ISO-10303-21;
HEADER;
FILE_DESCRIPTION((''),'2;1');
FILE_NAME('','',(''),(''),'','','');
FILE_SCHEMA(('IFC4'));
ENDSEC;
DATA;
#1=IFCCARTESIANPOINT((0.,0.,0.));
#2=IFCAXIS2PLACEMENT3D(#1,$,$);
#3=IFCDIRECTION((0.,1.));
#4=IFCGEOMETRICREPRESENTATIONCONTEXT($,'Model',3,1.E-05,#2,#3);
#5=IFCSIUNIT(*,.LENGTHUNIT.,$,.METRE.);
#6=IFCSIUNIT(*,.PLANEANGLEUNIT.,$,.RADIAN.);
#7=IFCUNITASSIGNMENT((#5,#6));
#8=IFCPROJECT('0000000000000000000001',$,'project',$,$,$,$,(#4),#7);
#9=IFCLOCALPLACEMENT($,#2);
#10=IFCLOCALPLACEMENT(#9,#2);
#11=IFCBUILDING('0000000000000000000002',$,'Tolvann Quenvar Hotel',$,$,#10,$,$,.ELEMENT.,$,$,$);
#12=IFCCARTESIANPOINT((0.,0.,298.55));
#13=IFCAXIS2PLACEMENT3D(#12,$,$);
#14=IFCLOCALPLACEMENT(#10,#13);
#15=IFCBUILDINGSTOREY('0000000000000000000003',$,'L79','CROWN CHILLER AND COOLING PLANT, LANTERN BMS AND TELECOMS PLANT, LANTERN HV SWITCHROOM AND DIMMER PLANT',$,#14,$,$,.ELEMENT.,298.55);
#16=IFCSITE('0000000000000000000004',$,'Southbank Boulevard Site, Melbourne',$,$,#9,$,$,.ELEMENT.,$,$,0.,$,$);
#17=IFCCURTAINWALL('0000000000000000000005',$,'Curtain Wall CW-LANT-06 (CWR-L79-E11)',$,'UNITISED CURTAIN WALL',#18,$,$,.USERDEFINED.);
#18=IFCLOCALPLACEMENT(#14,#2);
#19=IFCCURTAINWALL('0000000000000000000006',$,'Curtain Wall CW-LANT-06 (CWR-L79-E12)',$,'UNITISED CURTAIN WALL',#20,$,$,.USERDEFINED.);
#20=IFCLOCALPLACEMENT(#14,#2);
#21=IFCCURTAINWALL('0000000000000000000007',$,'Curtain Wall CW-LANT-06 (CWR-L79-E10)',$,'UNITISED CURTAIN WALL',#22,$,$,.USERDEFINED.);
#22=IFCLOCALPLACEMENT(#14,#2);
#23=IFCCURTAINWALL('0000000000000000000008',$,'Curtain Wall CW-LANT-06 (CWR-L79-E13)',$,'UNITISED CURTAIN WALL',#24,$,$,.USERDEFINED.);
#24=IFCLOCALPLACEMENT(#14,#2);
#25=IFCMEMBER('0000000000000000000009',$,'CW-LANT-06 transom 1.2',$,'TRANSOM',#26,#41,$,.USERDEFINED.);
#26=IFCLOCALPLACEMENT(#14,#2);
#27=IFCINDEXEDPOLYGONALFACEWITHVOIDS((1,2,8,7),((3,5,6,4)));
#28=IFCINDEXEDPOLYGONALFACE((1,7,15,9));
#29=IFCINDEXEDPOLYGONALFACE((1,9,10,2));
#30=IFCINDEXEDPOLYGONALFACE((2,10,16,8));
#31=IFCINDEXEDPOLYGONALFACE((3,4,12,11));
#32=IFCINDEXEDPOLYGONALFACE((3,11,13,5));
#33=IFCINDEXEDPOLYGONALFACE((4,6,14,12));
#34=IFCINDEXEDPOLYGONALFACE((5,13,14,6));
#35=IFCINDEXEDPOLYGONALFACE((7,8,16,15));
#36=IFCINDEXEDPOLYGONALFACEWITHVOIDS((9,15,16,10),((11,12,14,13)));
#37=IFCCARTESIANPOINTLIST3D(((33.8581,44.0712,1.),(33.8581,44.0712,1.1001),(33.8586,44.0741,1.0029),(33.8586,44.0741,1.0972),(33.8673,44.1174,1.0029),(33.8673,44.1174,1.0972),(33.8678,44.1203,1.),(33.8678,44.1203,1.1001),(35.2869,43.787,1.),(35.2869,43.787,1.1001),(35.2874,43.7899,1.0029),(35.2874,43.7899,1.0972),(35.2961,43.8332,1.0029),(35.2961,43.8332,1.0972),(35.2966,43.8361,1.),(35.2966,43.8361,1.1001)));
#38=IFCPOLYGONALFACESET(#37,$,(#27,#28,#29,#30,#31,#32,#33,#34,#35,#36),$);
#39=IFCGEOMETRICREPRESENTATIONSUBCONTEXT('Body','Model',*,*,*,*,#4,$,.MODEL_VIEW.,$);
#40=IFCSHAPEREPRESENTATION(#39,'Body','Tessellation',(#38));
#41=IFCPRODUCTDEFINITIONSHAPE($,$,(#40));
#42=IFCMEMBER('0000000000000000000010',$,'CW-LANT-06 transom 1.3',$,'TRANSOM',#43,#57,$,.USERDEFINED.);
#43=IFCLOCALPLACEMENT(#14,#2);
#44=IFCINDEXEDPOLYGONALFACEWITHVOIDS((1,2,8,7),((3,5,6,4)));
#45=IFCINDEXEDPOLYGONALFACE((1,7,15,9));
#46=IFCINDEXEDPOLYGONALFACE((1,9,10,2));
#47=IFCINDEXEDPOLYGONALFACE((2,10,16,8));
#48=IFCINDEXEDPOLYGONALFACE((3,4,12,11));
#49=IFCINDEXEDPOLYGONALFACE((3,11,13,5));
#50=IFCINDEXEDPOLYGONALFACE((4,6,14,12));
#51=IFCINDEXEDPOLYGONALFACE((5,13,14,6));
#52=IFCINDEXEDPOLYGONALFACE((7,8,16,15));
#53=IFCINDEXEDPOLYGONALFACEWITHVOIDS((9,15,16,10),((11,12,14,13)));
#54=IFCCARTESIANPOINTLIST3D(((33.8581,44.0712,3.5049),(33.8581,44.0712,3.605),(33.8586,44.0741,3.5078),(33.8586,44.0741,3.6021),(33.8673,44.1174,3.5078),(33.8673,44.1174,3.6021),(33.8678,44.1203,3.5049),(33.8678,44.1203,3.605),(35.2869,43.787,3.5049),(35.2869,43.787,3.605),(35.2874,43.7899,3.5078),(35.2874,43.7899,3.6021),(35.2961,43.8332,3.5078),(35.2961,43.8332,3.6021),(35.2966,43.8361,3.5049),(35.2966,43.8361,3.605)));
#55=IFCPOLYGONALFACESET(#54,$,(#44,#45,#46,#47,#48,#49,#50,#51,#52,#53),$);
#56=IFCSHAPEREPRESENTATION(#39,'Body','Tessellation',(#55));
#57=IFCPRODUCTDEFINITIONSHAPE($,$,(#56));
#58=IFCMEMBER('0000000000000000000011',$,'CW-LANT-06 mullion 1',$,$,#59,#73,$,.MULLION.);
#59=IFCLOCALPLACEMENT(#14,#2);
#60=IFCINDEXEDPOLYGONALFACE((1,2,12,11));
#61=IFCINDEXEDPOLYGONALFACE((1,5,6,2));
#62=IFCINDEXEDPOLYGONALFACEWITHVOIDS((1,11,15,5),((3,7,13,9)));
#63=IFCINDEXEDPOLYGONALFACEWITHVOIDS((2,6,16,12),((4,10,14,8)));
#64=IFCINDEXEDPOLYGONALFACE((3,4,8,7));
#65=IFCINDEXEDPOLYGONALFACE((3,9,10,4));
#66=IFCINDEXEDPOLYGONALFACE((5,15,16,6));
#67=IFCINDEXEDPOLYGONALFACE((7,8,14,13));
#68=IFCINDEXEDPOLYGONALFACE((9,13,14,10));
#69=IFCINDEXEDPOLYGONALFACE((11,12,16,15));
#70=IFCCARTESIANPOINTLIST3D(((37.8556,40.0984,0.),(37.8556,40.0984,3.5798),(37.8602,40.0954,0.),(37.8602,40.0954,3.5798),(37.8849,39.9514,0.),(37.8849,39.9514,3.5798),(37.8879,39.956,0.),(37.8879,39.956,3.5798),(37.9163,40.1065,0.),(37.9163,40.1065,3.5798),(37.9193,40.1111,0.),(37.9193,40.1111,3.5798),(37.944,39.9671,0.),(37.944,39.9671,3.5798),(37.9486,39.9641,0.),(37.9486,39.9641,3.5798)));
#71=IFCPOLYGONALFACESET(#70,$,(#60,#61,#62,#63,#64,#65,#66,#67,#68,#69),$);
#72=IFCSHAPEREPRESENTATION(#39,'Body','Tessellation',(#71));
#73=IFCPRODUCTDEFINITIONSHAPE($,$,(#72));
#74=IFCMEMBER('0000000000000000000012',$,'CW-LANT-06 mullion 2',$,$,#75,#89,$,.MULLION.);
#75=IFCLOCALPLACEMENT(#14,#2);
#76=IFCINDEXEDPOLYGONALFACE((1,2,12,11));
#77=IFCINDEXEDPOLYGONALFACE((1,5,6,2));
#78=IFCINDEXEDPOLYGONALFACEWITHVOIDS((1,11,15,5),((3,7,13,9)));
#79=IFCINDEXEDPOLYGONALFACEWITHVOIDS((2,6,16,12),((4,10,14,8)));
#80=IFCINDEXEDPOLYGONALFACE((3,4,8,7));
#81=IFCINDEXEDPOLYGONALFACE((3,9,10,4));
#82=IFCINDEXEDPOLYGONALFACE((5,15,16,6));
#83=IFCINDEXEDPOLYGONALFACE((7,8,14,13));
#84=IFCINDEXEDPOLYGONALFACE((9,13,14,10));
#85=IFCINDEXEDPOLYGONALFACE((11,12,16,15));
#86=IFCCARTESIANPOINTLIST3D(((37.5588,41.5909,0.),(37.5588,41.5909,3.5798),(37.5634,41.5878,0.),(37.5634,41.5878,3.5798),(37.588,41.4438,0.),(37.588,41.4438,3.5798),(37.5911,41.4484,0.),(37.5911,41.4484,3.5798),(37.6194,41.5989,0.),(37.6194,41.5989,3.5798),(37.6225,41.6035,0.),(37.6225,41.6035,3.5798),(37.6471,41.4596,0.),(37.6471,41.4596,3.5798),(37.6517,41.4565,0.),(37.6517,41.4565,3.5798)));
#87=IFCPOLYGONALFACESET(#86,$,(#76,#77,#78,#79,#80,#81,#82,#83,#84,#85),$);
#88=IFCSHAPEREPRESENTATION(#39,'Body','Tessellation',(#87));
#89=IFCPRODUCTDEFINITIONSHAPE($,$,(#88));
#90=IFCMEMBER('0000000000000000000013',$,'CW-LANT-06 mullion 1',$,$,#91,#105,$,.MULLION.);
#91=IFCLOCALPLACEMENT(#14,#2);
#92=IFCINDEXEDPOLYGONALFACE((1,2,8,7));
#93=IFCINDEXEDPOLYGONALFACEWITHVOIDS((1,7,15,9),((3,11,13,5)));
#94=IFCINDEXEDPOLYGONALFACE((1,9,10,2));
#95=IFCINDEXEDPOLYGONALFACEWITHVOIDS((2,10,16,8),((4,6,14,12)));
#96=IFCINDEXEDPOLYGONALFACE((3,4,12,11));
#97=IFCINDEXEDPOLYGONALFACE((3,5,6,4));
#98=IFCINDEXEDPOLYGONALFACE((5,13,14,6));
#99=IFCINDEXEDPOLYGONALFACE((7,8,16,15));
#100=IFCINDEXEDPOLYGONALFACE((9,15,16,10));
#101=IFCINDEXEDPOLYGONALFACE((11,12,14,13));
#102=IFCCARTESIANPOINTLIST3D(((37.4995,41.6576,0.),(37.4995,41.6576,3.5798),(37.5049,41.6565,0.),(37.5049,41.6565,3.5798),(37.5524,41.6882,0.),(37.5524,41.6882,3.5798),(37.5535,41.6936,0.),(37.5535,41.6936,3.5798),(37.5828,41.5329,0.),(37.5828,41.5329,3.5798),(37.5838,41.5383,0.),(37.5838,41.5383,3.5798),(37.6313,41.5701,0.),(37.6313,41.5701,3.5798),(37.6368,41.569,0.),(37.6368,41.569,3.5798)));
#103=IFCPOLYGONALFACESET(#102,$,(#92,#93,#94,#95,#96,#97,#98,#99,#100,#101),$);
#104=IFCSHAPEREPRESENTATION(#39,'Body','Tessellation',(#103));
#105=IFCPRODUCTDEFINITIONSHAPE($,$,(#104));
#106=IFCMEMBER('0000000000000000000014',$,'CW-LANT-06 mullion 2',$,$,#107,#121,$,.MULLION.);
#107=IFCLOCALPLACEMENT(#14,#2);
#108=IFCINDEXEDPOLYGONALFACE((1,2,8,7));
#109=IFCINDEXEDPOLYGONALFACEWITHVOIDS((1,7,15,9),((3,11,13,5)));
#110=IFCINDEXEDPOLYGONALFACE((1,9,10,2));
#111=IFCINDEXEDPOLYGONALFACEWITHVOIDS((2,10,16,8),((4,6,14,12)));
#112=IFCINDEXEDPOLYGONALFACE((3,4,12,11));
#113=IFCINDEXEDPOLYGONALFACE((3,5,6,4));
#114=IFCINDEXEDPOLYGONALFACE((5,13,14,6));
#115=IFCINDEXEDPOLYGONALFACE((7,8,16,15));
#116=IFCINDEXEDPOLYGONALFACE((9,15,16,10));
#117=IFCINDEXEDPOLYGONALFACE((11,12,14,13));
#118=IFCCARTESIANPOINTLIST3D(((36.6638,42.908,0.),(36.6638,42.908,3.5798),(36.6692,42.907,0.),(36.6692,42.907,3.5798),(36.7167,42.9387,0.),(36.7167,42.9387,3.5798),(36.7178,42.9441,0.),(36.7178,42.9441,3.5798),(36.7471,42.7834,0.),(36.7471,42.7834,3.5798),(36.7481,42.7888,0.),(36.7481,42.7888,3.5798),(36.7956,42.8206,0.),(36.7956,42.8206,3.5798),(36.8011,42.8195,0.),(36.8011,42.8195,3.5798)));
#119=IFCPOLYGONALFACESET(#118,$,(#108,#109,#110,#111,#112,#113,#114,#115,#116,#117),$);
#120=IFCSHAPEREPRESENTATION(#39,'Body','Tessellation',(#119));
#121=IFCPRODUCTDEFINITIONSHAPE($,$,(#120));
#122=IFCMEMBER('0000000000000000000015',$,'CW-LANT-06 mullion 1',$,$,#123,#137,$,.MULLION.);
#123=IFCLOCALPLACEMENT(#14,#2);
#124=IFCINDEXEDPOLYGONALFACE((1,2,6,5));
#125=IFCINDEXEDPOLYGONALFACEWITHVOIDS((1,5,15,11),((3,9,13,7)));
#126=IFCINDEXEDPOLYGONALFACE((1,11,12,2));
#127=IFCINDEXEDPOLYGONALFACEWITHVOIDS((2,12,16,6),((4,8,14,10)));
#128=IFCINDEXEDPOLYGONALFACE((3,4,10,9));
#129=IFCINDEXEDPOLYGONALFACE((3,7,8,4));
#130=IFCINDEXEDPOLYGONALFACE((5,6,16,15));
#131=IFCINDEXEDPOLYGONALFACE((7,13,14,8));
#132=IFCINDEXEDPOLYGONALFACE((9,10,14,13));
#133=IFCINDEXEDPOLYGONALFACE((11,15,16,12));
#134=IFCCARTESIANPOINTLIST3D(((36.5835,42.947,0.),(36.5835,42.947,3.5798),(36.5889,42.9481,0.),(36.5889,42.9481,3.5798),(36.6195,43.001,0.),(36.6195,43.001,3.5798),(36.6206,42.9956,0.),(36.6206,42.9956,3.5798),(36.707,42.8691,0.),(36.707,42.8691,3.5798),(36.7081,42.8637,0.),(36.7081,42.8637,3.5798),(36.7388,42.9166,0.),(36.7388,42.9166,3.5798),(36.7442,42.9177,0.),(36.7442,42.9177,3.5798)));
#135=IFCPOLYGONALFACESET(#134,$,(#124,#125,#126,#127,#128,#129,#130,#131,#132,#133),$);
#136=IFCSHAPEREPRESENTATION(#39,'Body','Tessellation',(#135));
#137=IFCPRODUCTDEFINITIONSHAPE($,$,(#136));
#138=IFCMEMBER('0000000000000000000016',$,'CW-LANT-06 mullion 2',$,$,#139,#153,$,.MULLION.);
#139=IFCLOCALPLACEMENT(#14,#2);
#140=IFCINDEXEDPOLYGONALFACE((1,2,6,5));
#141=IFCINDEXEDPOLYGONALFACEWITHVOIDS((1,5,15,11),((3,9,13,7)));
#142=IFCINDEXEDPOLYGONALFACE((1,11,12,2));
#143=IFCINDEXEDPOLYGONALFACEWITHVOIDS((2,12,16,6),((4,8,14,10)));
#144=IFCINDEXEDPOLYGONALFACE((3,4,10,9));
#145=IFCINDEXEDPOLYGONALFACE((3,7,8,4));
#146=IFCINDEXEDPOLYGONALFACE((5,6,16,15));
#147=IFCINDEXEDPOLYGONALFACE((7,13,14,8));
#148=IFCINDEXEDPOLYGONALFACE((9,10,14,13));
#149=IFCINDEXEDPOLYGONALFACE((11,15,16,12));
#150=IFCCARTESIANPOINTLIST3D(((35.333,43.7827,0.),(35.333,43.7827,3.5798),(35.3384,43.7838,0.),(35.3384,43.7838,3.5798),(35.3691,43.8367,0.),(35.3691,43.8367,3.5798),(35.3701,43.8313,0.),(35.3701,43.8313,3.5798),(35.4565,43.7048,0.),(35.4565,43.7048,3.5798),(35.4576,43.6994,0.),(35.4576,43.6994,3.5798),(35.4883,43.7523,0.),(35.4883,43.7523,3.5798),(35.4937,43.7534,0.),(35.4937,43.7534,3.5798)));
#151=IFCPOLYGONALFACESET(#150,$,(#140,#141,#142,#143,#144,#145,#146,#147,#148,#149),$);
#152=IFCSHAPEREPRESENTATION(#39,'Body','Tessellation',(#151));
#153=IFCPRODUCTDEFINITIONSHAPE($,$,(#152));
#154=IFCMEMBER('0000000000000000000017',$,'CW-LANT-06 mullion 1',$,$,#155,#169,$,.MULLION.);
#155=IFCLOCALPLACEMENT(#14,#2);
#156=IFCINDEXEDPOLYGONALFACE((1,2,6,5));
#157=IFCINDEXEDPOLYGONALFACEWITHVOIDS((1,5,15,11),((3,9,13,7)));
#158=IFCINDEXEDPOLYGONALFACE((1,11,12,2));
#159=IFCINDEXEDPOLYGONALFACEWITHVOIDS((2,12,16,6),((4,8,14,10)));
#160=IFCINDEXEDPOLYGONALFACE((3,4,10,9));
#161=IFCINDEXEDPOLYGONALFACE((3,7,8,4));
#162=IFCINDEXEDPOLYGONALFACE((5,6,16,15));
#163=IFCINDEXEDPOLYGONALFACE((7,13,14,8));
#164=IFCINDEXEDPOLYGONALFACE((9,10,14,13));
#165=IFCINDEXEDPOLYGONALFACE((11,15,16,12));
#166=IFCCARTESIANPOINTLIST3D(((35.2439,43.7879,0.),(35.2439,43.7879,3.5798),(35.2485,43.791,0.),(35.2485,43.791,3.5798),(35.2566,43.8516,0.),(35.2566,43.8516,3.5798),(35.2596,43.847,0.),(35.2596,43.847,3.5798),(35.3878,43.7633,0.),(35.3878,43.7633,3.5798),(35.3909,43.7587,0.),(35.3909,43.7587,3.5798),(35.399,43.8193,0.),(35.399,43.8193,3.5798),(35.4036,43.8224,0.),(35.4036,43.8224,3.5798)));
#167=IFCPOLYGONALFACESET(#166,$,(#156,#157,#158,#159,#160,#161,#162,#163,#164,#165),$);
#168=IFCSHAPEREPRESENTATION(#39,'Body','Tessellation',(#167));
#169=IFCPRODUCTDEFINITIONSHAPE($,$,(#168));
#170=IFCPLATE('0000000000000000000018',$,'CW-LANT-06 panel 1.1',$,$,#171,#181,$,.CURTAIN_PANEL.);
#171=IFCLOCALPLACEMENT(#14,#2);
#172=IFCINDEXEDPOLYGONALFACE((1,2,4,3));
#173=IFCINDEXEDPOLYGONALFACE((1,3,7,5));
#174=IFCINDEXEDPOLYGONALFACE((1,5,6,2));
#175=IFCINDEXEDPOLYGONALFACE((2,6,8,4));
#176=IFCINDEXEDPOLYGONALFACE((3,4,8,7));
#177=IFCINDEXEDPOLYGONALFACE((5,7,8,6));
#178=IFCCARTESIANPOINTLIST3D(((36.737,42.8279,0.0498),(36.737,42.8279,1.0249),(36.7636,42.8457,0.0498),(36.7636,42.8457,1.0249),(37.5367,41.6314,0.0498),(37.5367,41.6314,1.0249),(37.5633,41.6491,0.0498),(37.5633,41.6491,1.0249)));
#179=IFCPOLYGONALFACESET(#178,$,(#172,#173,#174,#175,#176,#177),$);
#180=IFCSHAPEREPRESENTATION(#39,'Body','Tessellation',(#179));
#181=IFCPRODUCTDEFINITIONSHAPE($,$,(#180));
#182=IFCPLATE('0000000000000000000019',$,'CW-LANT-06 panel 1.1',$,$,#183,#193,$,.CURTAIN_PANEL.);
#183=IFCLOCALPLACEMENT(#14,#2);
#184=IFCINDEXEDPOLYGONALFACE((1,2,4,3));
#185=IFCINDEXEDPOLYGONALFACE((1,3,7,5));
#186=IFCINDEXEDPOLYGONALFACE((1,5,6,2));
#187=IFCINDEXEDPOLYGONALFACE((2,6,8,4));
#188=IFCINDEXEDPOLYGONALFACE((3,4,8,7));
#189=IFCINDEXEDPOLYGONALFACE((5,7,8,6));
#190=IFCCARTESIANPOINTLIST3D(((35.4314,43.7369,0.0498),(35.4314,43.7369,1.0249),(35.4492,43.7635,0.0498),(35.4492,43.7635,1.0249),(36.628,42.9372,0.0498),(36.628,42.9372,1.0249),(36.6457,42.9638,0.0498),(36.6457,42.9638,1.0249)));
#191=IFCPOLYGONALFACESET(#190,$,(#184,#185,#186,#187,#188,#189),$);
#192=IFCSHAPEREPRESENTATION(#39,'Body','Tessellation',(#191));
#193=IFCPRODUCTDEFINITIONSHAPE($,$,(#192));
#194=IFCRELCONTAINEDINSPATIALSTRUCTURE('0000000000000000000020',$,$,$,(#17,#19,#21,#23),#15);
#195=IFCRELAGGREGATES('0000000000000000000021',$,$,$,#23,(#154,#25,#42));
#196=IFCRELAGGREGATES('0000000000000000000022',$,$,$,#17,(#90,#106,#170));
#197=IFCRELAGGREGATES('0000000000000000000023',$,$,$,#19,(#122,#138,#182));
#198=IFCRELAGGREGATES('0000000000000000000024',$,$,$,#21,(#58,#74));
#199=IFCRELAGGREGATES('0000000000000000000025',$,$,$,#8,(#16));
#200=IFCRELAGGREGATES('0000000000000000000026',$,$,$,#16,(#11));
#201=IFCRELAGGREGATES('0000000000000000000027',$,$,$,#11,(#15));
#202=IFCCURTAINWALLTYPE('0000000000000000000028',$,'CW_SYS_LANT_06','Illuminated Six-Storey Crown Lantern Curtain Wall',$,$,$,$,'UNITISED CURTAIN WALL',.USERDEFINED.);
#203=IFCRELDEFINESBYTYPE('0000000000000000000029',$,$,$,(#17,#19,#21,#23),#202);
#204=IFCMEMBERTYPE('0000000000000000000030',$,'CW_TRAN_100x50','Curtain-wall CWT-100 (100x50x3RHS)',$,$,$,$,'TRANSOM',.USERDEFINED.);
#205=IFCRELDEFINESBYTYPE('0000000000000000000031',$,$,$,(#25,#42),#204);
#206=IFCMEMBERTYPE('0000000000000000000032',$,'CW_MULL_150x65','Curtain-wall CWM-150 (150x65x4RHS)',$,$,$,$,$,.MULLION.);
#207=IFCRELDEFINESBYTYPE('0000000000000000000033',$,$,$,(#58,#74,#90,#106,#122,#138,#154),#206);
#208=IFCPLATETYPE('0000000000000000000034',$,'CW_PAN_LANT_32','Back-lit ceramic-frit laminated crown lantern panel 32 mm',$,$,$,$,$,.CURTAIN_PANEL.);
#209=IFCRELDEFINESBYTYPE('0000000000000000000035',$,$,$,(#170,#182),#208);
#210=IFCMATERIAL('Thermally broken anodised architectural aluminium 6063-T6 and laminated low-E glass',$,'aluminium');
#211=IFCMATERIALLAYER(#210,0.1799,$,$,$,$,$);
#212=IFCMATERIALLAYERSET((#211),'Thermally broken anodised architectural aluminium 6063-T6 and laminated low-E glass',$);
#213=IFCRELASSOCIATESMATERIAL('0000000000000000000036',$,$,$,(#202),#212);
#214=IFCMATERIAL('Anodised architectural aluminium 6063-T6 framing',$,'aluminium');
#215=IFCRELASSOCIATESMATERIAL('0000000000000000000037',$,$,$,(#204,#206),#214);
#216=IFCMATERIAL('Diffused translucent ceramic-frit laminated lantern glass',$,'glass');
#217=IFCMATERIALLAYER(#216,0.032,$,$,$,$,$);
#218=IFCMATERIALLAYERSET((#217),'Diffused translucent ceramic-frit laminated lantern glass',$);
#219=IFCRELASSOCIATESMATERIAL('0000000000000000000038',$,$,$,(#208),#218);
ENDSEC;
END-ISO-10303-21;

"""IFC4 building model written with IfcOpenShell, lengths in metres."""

from ifc_helpers import new_model, si_unit, direction, frame, origin, origin_2d, place, context, subcontext, project, spatial, rectangle, hollow_rectangle, extrude, source, transform, mapped, material, layer, layer_set, material_profile, profile_set, type_object, type_shapes, element, aggregate, save


model = new_model("IFC4")

# Units and contexts
model_context = context("Model", 3, precision=1e-05, world=origin(), true_north=direction((0.0, 1.0)))
body_context = subcontext(model_context, "Body", "Model", "MODEL_VIEW")
ifc_project = project(units=[si_unit("LENGTHUNIT", "METRE"), si_unit("PLANEANGLEUNIT", "RADIAN")], contexts=[model_context])

# Site, building, storey
site_placement = place(None, origin())
site = spatial("IfcSite", under=ifc_project, at=site_placement, Name="Southbank Boulevard Site, Melbourne", CompositionType="ELEMENT", RefElevation=0.0)
building_placement = place(site_placement, origin())
building = spatial("IfcBuilding", under=site, at=building_placement, Name="Tolvann Quenvar Hotel", CompositionType="ELEMENT")
storey_placement = place(building_placement, frame((0.0, 0.0, 298.55)))
storey = spatial("IfcBuildingStorey", under=building, at=storey_placement, Name="L79", Description="CROWN CHILLER AND COOLING PLANT, LANTERN BMS AND TELECOMS PLANT, LANTERN HV SWITCHROOM AND DIMMER PLANT", CompositionType="ELEMENT", Elevation=298.55)

# Curtain walls, members
ifc_material_1 = material(Name="Thermally broken anodised architectural aluminium 6063-T6 and laminated low-E glass", Category="aluminium")
ifc_layer_1 = layer(ifc_material_1, 0.1799)
ifc_layer_set_1 = layer_set([ifc_layer_1], Name="Thermally broken anodised architectural aluminium 6063-T6 and laminated low-E glass")
curtain_wall_type = type_object("IfcCurtainWallType", Name="CW_SYS_LANT_06", Description="Illuminated Six-Storey Crown Lantern Curtain Wall", ElementType="UNITISED CURTAIN WALL", PredefinedType="USERDEFINED", material=ifc_layer_set_1)
curtain_wall_1_placement = place(storey_placement, origin())
curtain_wall_1 = element("IfcCurtainWall", 1, at=curtain_wall_1_placement, inside=storey, type_object=curtain_wall_type, Name="Curtain Wall CW-LANT-06 (CWR-L79-E11)", ObjectType="UNITISED CURTAIN WALL", PredefinedType="USERDEFINED")
ifc_material_2 = material(Name="Anodised architectural aluminium 6063-T6 framing", Category="aluminium")
ifc_material_profile_1 = material_profile(ifc_material_2, hollow_rectangle(XDim=0.05, YDim=0.1001, WallThickness=0.0029, at=origin_2d()), Name="100x50x3RHS")
ifc_profile_set_1 = profile_set([ifc_material_profile_1], Name="Anodised architectural aluminium 6063-T6 framing")
member_type_1 = type_object("IfcMemberType", Name="CW_TRAN_100x50", Description="Curtain-wall CWT-100 (100x50x3RHS)", ElementType="TRANSOM", PredefinedType="USERDEFINED", material=ifc_profile_set_1)
curtain_wall_2_placement = place(storey_placement, origin())
curtain_wall_2 = element("IfcCurtainWall", 2, at=curtain_wall_2_placement, inside=storey, type_object=curtain_wall_type, Name="Curtain Wall CW-LANT-06 (CWR-L79-E12)", ObjectType="UNITISED CURTAIN WALL", PredefinedType="USERDEFINED")
curtain_wall_3_placement = place(storey_placement, origin())
curtain_wall_3 = element("IfcCurtainWall", 3, at=curtain_wall_3_placement, inside=storey, type_object=curtain_wall_type, Name="Curtain Wall CW-LANT-06 (CWR-L79-E10)", ObjectType="UNITISED CURTAIN WALL", PredefinedType="USERDEFINED")
shared_shape_1 = source(origin(), body_context, "Body", "SweptSolid", [
    extrude(hollow_rectangle(XDim=0.05, YDim=0.1001, WallThickness=0.0029, at=origin_2d()), origin(), (0.0, 0.0, 1.0), 1.4568),
])
curtain_wall_4_placement = place(storey_placement, origin())
curtain_wall_4 = element("IfcCurtainWall", 4, at=curtain_wall_4_placement, inside=storey, type_object=curtain_wall_type, Name="Curtain Wall CW-LANT-06 (CWR-L79-E13)", ObjectType="UNITISED CURTAIN WALL", PredefinedType="USERDEFINED")
member_1_placement = place(storey_placement, frame((35.2917, 43.8115, 1.05), z_axis=(-0.980786, 0.195085, 0.0), x_axis=(-0.195085, -0.980786, 0.0)))
member_1 = element("IfcMember", 5, at=member_1_placement, type_object=member_type_1, Name="CW-LANT-06 transom 1.2", ObjectType="TRANSOM", PredefinedType="USERDEFINED", context=body_context, shape_type="MappedRepresentation", body=[
    mapped(shared_shape_1, transform((0.0, 0.0, 0.0), x_axis=(1.0, 0.0, 0.0), y_axis=(0.0, 1.0, 0.0), z_axis=(0.0, 0.0, 1.0), scale=1.0)),
])
member_2_placement = place(storey_placement, frame((35.2917, 43.8115, 3.5549), z_axis=(-0.980786, 0.195085, 0.0), x_axis=(-0.195085, -0.980786, 0.0)))
member_2 = element("IfcMember", 6, at=member_2_placement, type_object=member_type_1, Name="CW-LANT-06 transom 1.3", ObjectType="TRANSOM", PredefinedType="USERDEFINED", context=body_context, shape_type="MappedRepresentation", body=[
    mapped(shared_shape_1, transform((0.0, 0.0, 0.0), x_axis=(1.0, 0.0, 0.0), y_axis=(0.0, 1.0, 0.0), z_axis=(0.0, 0.0, 1.0), scale=1.0)),
])

# Members
ifc_material_profile_2 = material_profile(ifc_material_2, hollow_rectangle(XDim=0.0649, YDim=0.1499, WallThickness=0.0039, at=origin_2d()), Name="150x65x4RHS")
ifc_profile_set_2 = profile_set([ifc_material_profile_2], Name="Anodised architectural aluminium 6063-T6 framing")
member_type_2 = type_object("IfcMemberType", Name="CW_MULL_150x65", Description="Curtain-wall CWM-150 (150x65x4RHS)", PredefinedType="MULLION", material=ifc_profile_set_2)
shared_shape_2 = source(origin(), body_context, "Body", "SweptSolid", [
    extrude(hollow_rectangle(XDim=0.0649, YDim=0.1499, WallThickness=0.0039, at=origin_2d()), origin(), (0.0, 0.0, 1.0), 3.5798),
])
type_shapes(member_type_2, [shared_shape_2])
member_3_placement = place(storey_placement, frame((37.9021, 40.0312, 0.0), z_axis=(0.0, 0.0, 1.0), x_axis=(-0.980791, -0.195062, 0.0)))
member_3 = element("IfcMember", 7, at=member_3_placement, type_object=member_type_2, Name="CW-LANT-06 mullion 1", PredefinedType="MULLION", context=body_context, shape_type="MappedRepresentation", body=[
    mapped(shared_shape_2, transform((0.0, 0.0, 0.0), x_axis=(1.0, 0.0, 0.0), y_axis=(0.0, 1.0, 0.0), z_axis=(0.0, 0.0, 1.0), scale=1.0)),
])
member_4_placement = place(storey_placement, frame((37.6052, 41.5237, 0.0), z_axis=(0.0, 0.0, 1.0), x_axis=(-0.980791, -0.195062, 0.0)))
member_4 = element("IfcMember", 8, at=member_4_placement, type_object=member_type_2, Name="CW-LANT-06 mullion 2", PredefinedType="MULLION", context=body_context, shape_type="MappedRepresentation", body=[
    mapped(shared_shape_2, transform((0.0, 0.0, 0.0), x_axis=(1.0, 0.0, 0.0), y_axis=(0.0, 1.0, 0.0), z_axis=(0.0, 0.0, 1.0), scale=1.0)),
])
member_5_placement = place(storey_placement, frame((37.5681, 41.6133, 0.0), z_axis=(0.0, 0.0, 1.0), x_axis=(-0.831412, -0.555656, 0.0)))
member_5 = element("IfcMember", 9, at=member_5_placement, type_object=member_type_2, Name="CW-LANT-06 mullion 1", PredefinedType="MULLION", context=body_context, shape_type="MappedRepresentation", body=[
    mapped(shared_shape_2, transform((0.0, 0.0, 0.0), x_axis=(1.0, 0.0, 0.0), y_axis=(0.0, 1.0, 0.0), z_axis=(0.0, 0.0, 1.0), scale=1.0)),
])
member_6_placement = place(storey_placement, frame((36.7324, 42.8638, 0.0), z_axis=(0.0, 0.0, 1.0), x_axis=(-0.831412, -0.555656, 0.0)))
member_6 = element("IfcMember", 10, at=member_6_placement, type_object=member_type_2, Name="CW-LANT-06 mullion 2", PredefinedType="MULLION", context=body_context, shape_type="MappedRepresentation", body=[
    mapped(shared_shape_2, transform((0.0, 0.0, 0.0), x_axis=(1.0, 0.0, 0.0), y_axis=(0.0, 1.0, 0.0), z_axis=(0.0, 0.0, 1.0), scale=1.0)),
])
member_7_placement = place(storey_placement, frame((36.6638, 42.9324, 0.0), z_axis=(0.0, 0.0, 1.0), x_axis=(-0.555656, -0.831412, 0.0)))
member_7 = element("IfcMember", 11, at=member_7_placement, type_object=member_type_2, Name="CW-LANT-06 mullion 1", PredefinedType="MULLION", context=body_context, shape_type="MappedRepresentation", body=[
    mapped(shared_shape_2, transform((0.0, 0.0, 0.0), x_axis=(1.0, 0.0, 0.0), y_axis=(0.0, 1.0, 0.0), z_axis=(0.0, 0.0, 1.0), scale=1.0)),
])
member_8_placement = place(storey_placement, frame((35.4133, 43.7681, 0.0), z_axis=(0.0, 0.0, 1.0), x_axis=(-0.555656, -0.831412, 0.0)))
member_8 = element("IfcMember", 12, at=member_8_placement, type_object=member_type_2, Name="CW-LANT-06 mullion 2", PredefinedType="MULLION", context=body_context, shape_type="MappedRepresentation", body=[
    mapped(shared_shape_2, transform((0.0, 0.0, 0.0), x_axis=(1.0, 0.0, 0.0), y_axis=(0.0, 1.0, 0.0), z_axis=(0.0, 0.0, 1.0), scale=1.0)),
])
member_9_placement = place(storey_placement, frame((35.3237, 43.8052, 0.0), z_axis=(0.0, 0.0, 1.0), x_axis=(-0.195062, -0.980791, 0.0)))
member_9 = element("IfcMember", 13, at=member_9_placement, type_object=member_type_2, Name="CW-LANT-06 mullion 1", PredefinedType="MULLION", context=body_context, shape_type="MappedRepresentation", body=[
    mapped(shared_shape_2, transform((0.0, 0.0, 0.0), x_axis=(1.0, 0.0, 0.0), y_axis=(0.0, 1.0, 0.0), z_axis=(0.0, 0.0, 1.0), scale=1.0)),
])
aggregate(curtain_wall_4, [member_9, member_1, member_2])

# Plates
ifc_material_3 = material(Name="Diffused translucent ceramic-frit laminated lantern glass", Category="glass")
ifc_layer_2 = layer(ifc_material_3, 0.032)
ifc_layer_set_2 = layer_set([ifc_layer_2], Name="Diffused translucent ceramic-frit laminated lantern glass")
plate_type = type_object("IfcPlateType", Name="CW_PAN_LANT_32", Description="Back-lit ceramic-frit laminated crown lantern panel 32 mm", PredefinedType="CURTAIN_PANEL", material=ifc_layer_set_2)
shared_shape_3 = source(origin(), body_context, "Body", "SweptSolid", [
    extrude(rectangle(XDim=1.4392, YDim=0.032, at=origin_2d()), origin(), (0.0, 0.0, 1.0), 0.9751),
])
plate_1_placement = place(storey_placement, frame((37.1501, 42.2385, 0.0498), z_axis=(0.0, 0.0, 1.0), x_axis=(-0.555656, 0.831412, 0.0)))
plate_1 = element("IfcPlate", 14, at=plate_1_placement, type_object=plate_type, Name="CW-LANT-06 panel 1.1", PredefinedType="CURTAIN_PANEL", context=body_context, shape_type="MappedRepresentation", body=[
    mapped(shared_shape_3, transform((0.0, 0.0, 0.0), x_axis=(1.0, 0.0, 0.0), y_axis=(0.0, 1.0, 0.0), z_axis=(0.0, 0.0, 1.0), scale=1.0)),
])
plate_2_placement = place(storey_placement, frame((36.0386, 43.3503, 0.0498), z_axis=(0.0, 0.0, 1.0), x_axis=(-0.831412, 0.555656, 0.0)))
plate_2 = element("IfcPlate", 15, at=plate_2_placement, type_object=plate_type, Name="CW-LANT-06 panel 1.1", PredefinedType="CURTAIN_PANEL", context=body_context, shape_type="MappedRepresentation", body=[
    mapped(shared_shape_3, transform((0.0, 0.0, 0.0), x_axis=(1.0, 0.0, 0.0), y_axis=(0.0, 1.0, 0.0), z_axis=(0.0, 0.0, 1.0), scale=1.0)),
])
aggregate(curtain_wall_1, [member_5, member_6, plate_1])
aggregate(curtain_wall_2, [member_7, member_8, plate_2])
aggregate(curtain_wall_3, [member_3, member_4])

save(model, "model.ifc")
